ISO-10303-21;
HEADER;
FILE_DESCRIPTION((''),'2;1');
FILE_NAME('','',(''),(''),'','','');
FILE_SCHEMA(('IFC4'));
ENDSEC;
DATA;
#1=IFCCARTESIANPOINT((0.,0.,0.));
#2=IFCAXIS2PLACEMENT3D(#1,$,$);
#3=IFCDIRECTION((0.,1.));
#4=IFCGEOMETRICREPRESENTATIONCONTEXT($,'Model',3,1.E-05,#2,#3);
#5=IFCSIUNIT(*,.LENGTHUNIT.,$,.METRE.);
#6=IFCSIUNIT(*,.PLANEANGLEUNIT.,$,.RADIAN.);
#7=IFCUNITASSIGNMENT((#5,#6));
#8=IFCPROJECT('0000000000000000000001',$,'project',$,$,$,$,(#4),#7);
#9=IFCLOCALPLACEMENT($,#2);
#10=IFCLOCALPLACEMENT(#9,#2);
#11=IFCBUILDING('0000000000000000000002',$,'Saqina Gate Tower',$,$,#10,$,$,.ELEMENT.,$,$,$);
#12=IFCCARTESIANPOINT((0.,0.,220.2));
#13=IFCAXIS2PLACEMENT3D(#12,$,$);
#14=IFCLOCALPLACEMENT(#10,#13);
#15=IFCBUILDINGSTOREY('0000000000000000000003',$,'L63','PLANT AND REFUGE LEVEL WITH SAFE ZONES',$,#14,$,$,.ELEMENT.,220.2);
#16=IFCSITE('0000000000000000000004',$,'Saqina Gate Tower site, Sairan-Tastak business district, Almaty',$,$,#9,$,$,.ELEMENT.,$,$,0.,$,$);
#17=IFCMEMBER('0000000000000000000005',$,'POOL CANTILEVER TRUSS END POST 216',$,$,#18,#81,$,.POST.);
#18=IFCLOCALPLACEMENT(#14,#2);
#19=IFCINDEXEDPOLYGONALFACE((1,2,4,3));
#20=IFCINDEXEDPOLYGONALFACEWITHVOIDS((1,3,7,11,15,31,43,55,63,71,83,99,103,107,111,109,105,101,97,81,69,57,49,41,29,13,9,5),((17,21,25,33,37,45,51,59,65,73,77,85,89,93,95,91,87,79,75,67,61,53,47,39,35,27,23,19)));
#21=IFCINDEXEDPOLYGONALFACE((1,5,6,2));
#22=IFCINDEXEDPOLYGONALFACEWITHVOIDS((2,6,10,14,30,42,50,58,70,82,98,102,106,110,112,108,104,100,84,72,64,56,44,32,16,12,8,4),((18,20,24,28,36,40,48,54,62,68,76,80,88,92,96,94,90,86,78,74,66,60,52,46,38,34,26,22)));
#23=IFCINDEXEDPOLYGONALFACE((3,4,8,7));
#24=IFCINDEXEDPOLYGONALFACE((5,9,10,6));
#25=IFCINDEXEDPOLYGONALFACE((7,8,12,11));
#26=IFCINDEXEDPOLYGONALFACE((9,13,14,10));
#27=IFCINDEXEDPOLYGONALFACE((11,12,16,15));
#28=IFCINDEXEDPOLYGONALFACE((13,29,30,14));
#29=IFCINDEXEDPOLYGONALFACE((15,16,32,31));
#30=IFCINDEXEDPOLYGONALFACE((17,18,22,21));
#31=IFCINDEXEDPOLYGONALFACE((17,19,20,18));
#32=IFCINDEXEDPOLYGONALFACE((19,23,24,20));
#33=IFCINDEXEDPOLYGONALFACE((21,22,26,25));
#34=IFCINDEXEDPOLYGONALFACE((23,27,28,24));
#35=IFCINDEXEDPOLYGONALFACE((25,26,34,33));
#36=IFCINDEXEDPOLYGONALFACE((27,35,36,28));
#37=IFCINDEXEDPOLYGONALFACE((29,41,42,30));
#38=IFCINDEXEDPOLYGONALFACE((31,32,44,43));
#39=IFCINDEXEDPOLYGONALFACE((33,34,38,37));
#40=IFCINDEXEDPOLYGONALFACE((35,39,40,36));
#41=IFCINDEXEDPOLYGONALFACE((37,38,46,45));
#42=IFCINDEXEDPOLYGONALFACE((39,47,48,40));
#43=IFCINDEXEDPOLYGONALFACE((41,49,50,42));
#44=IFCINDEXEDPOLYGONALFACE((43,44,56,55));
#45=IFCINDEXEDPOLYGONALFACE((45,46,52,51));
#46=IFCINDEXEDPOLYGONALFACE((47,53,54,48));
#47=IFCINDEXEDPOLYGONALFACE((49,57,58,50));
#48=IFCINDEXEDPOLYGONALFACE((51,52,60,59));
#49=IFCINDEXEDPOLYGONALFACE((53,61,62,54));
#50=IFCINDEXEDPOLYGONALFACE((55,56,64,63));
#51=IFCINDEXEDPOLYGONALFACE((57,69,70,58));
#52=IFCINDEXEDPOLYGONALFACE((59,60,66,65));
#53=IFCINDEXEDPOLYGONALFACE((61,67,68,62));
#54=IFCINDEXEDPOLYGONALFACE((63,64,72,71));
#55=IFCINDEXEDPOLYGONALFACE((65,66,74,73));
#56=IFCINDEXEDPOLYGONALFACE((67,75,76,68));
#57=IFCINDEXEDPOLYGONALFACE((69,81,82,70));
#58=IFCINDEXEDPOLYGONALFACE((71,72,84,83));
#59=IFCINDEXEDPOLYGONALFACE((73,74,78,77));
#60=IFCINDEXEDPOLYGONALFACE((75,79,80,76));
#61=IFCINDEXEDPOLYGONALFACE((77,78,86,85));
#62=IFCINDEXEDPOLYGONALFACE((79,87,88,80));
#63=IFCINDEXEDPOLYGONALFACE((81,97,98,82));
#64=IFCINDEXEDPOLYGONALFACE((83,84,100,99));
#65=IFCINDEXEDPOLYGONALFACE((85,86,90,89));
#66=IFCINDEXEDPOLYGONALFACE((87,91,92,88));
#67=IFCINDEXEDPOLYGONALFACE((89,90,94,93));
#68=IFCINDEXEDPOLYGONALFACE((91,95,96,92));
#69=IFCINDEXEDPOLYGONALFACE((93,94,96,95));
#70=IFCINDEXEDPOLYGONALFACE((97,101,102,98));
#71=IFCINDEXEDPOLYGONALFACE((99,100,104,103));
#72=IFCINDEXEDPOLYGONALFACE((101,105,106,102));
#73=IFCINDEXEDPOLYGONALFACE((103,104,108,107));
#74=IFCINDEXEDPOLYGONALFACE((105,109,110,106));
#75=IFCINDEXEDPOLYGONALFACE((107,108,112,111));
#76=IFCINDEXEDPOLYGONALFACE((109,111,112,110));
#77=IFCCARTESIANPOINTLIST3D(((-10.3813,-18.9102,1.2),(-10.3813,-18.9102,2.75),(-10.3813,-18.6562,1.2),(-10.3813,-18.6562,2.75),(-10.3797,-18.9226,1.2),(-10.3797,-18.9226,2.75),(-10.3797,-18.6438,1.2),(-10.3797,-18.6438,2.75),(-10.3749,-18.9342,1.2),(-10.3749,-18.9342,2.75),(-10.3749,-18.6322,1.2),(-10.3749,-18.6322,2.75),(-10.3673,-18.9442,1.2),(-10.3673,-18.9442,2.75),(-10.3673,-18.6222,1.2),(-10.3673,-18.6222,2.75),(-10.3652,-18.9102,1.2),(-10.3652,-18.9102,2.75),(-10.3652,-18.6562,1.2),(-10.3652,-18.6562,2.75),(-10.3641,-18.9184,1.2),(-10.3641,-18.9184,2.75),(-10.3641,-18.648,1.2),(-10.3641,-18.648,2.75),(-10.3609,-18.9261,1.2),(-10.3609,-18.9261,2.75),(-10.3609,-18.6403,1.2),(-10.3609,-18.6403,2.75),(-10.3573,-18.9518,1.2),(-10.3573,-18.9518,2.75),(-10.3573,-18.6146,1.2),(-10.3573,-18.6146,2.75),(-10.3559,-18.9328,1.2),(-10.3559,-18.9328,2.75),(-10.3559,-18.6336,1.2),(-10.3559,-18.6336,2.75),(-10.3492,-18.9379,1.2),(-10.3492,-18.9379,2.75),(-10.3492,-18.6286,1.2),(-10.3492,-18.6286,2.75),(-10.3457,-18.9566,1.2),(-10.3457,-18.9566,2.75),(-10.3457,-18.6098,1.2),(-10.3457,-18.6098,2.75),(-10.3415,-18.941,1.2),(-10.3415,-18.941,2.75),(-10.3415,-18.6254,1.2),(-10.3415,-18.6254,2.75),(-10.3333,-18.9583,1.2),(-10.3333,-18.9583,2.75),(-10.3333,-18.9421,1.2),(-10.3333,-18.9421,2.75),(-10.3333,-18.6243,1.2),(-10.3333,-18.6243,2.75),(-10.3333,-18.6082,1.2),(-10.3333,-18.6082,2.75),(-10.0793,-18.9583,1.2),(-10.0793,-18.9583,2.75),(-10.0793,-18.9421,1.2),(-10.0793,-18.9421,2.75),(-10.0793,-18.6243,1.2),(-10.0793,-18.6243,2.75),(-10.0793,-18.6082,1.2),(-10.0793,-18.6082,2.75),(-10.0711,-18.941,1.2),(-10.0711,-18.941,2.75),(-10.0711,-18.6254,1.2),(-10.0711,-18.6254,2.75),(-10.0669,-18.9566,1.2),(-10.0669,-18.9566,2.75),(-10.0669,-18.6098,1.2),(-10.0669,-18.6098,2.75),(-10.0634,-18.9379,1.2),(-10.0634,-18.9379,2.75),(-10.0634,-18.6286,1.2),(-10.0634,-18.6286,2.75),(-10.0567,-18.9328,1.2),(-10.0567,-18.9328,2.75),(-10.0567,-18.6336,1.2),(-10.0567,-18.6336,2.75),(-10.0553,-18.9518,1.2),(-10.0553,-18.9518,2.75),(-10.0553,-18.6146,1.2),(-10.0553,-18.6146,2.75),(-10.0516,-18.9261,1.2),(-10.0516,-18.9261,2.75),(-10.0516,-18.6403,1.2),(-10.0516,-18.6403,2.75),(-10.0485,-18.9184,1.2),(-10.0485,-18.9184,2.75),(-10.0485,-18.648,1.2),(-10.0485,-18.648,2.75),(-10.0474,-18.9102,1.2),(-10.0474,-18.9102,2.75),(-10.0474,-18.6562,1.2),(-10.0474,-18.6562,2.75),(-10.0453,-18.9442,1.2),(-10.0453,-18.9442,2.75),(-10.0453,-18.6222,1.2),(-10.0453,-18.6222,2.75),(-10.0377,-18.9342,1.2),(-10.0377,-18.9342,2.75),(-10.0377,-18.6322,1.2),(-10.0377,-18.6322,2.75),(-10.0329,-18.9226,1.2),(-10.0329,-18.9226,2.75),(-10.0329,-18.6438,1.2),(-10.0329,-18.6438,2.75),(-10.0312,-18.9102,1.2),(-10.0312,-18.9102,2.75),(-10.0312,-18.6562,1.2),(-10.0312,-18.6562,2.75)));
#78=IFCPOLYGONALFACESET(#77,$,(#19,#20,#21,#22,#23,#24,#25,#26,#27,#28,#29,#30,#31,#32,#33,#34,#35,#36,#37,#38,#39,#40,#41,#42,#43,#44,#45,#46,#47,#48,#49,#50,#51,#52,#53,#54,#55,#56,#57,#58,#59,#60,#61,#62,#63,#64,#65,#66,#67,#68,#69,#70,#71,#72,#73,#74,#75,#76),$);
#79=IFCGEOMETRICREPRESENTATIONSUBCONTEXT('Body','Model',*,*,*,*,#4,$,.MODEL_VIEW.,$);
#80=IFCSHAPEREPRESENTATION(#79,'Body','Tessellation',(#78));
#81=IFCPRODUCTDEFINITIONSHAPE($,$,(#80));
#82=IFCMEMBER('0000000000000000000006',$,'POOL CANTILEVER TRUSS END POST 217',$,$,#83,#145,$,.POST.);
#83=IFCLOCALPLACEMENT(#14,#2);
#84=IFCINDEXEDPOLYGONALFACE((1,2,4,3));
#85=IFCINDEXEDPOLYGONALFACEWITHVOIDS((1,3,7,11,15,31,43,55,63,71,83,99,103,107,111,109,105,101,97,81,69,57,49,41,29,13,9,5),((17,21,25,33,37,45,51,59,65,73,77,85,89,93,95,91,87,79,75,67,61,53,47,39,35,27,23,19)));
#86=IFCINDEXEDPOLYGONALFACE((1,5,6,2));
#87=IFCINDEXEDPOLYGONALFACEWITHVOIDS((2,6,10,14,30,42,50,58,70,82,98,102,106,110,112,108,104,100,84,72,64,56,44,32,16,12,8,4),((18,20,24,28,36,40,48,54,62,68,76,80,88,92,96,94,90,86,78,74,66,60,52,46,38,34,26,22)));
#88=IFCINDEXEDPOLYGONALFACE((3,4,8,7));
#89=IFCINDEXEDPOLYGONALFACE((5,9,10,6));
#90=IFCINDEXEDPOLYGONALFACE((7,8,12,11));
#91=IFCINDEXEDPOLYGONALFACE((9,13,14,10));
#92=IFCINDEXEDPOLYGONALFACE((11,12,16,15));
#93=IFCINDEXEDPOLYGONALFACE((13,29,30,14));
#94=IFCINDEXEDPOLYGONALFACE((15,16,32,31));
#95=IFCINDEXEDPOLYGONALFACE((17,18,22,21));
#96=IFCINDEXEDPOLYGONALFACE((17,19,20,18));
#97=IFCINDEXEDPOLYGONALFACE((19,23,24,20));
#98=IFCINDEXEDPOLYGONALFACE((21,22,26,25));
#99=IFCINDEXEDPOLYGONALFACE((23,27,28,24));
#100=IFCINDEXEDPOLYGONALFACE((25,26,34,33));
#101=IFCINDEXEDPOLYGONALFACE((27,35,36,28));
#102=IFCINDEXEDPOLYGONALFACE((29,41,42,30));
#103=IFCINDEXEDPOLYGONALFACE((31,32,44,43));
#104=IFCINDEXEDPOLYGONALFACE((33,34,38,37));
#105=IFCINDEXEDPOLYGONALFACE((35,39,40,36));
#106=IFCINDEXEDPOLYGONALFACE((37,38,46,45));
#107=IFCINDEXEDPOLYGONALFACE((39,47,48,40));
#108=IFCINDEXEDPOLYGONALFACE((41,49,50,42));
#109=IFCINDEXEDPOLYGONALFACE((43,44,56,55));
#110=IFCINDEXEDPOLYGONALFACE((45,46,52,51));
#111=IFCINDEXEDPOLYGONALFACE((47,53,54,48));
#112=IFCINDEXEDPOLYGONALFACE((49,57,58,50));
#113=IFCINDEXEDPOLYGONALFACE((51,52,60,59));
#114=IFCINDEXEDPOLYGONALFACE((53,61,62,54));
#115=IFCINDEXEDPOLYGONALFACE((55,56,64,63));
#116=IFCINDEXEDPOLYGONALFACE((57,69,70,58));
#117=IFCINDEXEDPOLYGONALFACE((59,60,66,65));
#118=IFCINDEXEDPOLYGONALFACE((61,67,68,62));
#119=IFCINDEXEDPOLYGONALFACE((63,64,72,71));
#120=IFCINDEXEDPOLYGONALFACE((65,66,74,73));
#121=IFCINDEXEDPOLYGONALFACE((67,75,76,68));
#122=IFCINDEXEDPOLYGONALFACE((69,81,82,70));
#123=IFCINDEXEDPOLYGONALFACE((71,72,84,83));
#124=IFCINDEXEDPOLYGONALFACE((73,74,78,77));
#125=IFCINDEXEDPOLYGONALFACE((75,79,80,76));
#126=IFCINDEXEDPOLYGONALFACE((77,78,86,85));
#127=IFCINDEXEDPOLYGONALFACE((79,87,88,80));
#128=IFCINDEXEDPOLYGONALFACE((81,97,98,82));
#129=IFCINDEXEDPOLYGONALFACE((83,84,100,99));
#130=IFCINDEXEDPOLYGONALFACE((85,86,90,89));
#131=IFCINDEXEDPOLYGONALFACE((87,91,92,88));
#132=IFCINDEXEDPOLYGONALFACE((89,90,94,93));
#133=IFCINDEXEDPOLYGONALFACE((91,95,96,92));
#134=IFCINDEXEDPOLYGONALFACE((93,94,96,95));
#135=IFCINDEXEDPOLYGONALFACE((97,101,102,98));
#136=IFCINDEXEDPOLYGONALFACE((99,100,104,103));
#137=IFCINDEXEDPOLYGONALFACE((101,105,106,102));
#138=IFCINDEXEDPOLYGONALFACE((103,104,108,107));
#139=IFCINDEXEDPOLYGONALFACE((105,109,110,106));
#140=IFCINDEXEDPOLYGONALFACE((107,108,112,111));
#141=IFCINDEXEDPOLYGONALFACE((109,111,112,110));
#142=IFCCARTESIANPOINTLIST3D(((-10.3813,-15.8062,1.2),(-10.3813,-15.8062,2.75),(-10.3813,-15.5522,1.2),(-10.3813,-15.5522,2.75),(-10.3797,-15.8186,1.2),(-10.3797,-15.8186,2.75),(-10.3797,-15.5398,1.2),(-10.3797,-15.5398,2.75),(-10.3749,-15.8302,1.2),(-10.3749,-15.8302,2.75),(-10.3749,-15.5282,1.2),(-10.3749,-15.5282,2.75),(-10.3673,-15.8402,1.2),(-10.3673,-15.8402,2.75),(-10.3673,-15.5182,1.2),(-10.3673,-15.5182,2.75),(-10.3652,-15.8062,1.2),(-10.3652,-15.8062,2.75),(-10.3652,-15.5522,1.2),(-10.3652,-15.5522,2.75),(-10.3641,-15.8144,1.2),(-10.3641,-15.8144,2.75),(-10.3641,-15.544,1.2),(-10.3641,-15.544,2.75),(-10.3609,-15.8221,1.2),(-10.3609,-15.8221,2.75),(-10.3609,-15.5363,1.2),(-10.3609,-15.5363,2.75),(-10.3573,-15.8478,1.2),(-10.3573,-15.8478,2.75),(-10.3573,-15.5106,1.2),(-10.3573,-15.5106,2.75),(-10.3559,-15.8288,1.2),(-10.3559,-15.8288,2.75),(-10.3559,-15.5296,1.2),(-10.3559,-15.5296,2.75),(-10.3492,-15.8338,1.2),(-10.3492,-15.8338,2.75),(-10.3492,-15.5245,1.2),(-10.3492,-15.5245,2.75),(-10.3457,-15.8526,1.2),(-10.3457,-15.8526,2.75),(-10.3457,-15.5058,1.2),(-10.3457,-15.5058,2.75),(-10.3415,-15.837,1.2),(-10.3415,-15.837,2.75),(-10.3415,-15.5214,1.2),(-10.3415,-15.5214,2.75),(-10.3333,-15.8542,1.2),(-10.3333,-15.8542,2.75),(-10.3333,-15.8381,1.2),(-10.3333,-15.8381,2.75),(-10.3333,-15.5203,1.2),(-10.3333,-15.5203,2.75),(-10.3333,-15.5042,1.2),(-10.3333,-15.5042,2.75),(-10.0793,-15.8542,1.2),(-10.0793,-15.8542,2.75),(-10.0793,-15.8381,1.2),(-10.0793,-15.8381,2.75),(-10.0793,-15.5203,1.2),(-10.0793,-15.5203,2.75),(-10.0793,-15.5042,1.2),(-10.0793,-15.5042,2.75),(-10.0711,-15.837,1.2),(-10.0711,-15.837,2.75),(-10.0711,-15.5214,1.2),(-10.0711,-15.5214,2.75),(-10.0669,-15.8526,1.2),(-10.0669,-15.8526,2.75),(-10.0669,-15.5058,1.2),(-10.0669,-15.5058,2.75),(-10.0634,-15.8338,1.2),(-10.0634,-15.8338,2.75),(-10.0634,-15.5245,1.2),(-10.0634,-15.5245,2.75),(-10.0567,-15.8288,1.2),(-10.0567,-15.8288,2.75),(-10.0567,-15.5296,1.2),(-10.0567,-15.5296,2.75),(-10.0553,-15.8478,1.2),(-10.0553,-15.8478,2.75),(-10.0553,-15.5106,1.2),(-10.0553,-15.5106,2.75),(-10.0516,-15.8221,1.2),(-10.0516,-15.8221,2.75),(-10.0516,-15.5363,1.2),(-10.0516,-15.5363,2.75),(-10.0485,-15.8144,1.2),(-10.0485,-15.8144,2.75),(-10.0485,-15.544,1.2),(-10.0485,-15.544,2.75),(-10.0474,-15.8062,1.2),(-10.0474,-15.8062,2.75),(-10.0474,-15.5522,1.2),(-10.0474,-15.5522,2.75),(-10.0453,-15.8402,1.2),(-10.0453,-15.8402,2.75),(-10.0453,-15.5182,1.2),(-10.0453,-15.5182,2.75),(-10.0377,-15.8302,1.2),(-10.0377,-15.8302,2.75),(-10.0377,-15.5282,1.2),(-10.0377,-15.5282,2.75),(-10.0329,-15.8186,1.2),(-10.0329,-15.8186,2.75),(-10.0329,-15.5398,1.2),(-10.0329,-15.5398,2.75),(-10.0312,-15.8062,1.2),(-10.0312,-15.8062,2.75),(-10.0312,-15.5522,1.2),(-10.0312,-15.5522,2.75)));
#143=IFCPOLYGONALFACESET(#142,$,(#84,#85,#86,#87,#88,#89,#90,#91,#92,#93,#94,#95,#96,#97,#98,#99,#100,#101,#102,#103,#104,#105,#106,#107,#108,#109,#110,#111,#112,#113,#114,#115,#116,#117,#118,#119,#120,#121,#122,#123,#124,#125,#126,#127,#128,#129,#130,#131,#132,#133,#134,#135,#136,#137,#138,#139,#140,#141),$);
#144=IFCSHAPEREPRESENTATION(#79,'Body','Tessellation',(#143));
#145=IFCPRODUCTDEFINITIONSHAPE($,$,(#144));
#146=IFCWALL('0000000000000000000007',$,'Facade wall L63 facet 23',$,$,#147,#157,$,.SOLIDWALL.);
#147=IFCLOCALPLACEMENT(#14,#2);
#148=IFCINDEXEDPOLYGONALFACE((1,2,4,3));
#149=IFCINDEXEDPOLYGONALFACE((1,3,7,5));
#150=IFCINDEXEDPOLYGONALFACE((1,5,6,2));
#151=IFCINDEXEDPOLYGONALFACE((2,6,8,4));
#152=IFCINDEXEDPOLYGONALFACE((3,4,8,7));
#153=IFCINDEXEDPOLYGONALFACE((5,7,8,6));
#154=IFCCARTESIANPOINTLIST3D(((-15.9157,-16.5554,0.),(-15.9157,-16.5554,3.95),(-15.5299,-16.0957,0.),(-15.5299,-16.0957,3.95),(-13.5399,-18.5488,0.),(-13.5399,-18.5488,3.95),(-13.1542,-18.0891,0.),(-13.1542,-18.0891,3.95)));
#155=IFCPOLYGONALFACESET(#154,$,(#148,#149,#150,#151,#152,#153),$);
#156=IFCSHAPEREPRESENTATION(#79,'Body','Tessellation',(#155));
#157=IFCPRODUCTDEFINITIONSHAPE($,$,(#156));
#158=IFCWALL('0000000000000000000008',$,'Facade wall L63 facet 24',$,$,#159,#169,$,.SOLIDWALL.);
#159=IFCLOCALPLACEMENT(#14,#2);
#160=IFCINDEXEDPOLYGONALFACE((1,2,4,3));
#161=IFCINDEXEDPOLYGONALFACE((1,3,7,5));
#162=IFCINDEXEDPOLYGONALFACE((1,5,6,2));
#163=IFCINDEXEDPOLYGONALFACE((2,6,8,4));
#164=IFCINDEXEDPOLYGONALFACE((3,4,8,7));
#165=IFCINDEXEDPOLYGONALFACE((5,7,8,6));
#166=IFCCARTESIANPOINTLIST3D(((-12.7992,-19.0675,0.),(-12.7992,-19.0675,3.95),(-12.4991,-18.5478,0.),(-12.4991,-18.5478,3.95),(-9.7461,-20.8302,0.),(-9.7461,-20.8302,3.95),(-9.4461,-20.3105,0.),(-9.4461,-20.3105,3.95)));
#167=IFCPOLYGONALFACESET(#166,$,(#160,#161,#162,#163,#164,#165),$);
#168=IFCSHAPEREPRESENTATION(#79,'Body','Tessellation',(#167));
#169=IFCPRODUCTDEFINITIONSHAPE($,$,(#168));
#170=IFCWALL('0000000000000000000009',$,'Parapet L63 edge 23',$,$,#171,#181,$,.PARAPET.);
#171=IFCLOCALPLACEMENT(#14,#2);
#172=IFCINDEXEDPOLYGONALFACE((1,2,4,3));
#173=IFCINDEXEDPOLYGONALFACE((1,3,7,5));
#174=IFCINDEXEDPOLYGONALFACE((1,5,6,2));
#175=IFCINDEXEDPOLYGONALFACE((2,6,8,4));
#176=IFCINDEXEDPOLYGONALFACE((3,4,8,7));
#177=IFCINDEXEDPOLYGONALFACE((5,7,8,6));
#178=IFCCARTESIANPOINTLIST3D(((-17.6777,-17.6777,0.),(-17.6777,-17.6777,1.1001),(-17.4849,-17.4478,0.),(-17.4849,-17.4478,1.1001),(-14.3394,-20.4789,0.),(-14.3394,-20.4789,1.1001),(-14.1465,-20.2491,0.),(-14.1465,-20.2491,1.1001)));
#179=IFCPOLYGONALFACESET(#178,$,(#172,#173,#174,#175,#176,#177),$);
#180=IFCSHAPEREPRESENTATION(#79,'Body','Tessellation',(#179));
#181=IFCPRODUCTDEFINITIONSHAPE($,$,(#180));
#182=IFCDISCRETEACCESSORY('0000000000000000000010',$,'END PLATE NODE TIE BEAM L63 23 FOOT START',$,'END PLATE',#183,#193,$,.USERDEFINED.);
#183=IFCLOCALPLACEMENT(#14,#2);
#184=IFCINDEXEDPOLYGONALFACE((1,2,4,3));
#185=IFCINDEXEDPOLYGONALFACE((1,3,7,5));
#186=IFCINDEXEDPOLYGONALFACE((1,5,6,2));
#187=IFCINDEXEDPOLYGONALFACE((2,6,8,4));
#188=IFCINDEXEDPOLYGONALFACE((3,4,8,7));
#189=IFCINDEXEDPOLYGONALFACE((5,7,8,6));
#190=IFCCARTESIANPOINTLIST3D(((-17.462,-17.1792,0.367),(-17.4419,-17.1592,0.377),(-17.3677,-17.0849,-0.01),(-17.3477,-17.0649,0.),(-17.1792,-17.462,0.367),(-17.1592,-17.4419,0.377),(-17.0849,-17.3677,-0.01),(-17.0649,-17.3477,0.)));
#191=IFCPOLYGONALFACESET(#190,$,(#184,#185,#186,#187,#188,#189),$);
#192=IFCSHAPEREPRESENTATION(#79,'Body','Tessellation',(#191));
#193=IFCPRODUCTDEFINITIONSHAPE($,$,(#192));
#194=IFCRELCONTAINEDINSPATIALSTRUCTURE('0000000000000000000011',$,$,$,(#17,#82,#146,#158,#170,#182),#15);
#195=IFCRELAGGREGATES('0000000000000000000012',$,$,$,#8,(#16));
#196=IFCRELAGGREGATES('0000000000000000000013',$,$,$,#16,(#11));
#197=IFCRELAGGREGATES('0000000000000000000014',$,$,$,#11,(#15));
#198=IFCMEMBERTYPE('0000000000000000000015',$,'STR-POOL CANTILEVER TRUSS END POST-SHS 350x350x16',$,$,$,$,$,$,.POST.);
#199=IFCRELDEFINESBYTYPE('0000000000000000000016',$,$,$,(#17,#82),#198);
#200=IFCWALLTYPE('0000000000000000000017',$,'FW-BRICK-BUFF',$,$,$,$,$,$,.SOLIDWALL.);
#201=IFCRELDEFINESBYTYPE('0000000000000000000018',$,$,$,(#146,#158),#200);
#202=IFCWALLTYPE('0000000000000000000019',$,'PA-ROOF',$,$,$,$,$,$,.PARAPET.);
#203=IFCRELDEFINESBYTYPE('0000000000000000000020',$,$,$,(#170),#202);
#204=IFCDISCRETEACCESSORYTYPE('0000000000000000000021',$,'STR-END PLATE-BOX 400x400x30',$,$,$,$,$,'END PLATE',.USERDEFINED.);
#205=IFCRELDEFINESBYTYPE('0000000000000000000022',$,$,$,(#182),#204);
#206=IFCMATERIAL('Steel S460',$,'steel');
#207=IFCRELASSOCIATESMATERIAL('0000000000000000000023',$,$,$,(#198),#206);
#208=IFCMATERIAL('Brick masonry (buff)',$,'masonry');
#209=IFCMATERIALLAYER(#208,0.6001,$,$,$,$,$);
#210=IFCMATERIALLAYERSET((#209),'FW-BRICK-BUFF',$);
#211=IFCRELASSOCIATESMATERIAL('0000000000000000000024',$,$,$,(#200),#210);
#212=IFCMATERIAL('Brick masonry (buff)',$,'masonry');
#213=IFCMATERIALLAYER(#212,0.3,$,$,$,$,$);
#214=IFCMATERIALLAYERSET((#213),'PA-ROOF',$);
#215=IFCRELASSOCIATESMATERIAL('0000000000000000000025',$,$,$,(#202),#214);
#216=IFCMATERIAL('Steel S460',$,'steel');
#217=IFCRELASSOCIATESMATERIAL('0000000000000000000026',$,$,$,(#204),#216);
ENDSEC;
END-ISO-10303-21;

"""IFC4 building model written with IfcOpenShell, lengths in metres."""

from ifc_helpers import new_model, si_unit, direction, frame, frame_2d, origin, origin_2d, place, context, subcontext, project, spatial, rectangle, hollow_rectangle, extrude, material, layer, layer_set, material_profile, profile_set, type_object, element, save


model = new_model("IFC4")

# Units and contexts
model_context = context("Model", 3, precision=1e-05, world=origin(), true_north=direction((0.0, 1.0)))
body_context = subcontext(model_context, "Body", "Model", "MODEL_VIEW")
ifc_project = project(units=[si_unit("LENGTHUNIT", "METRE"), si_unit("PLANEANGLEUNIT", "RADIAN")], contexts=[model_context])

# Site, building, storey
site_placement = place(None, origin())
site = spatial("IfcSite", under=ifc_project, at=site_placement, Name="Saqina Gate Tower site, Sairan-Tastak business district, Almaty", CompositionType="ELEMENT", RefElevation=0.0)
building_placement = place(site_placement, origin())
building = spatial("IfcBuilding", under=site, at=building_placement, Name="Saqina Gate Tower", CompositionType="ELEMENT")
storey_placement = place(building_placement, frame((0.0, 0.0, 220.2)))
storey = spatial("IfcBuildingStorey", under=building, at=storey_placement, Name="L63", Description="PLANT AND REFUGE LEVEL WITH SAFE ZONES", CompositionType="ELEMENT", Elevation=220.2)

# Members
ifc_material_1 = material(Name="Steel S460", Category="steel")
ifc_material_profile_1 = material_profile(ifc_material_1, hollow_rectangle(XDim=0.3501, YDim=0.3501, WallThickness=0.0161, InnerFilletRadius=0.032, OuterFilletRadius=0.0481, at=origin_2d()), Name="SHS 350x350x16")
ifc_profile_set_1 = profile_set([ifc_material_profile_1], Name="Steel S460")
member_type_1 = type_object("IfcMemberType", Name="STR-POOL CANTILEVER TRUSS END POST-SHS 350x350x16", PredefinedType="POST", material=ifc_profile_set_1)
for number, where, z_axis, x_axis, name in (
    (1, (-10.2063, -18.7832, 1.2), (0.0, 0.0, 1.0), (1.0, 0.0, 0.0), "POOL CANTILEVER TRUSS END POST 216"),
    (2, (-10.2063, -15.6792, 1.2), (0.0, 0.0, 1.0), (1.0, 0.0, 0.0), "POOL CANTILEVER TRUSS END POST 217"),
):
    element("IfcMember", number, at=place(storey_placement, frame(where, z_axis=z_axis, x_axis=x_axis)), inside=storey, type_object=member_type_1, Name=name, PredefinedType="POST", context=body_context, shape_type="SweptSolid", body=[
        extrude(hollow_rectangle(XDim=0.3501, YDim=0.3501, WallThickness=0.0161, InnerFilletRadius=0.032, OuterFilletRadius=0.0481, at=origin_2d()), origin(), (0.0, 0.0, 1.0), 1.55),
    ])

# Walls
ifc_material_2 = material(Name="Brick masonry (buff)", Category="masonry")
ifc_layer_1 = layer(ifc_material_2, 0.6001)
ifc_layer_set_1 = layer_set([ifc_layer_1], Name="FW-BRICK-BUFF")
wall_type_1 = type_object("IfcWallType", Name="FW-BRICK-BUFF", PredefinedType="SOLIDWALL", material=ifc_layer_set_1)
wall_1_placement = place(storey_placement, frame((-15.7229, -16.3254, 0.0), z_axis=(0.0, 0.0, 1.0), x_axis=(0.766055, -0.642775, 0.0)))
element("IfcWall", 3, at=wall_1_placement, inside=storey, type_object=wall_type_1, Name="Facade wall L63 facet 23", PredefinedType="SOLIDWALL", context=body_context, shape_type="SweptSolid", body=[
    extrude(rectangle(XDim=3.1013, YDim=0.6001, at=frame_2d((1.5508, 0.0))), origin(), (0.0, 0.0, 1.0), 3.95),
])
wall_2_placement = place(storey_placement, frame((-12.6492, -18.8076, 0.0), z_axis=(0.0, 0.0, 1.0), x_axis=(0.866018, -0.500012, 0.0)))
element("IfcWall", 4, at=wall_2_placement, inside=storey, type_object=wall_type_1, Name="Facade wall L63 facet 24", PredefinedType="SOLIDWALL", context=body_context, shape_type="SweptSolid", body=[
    extrude(rectangle(XDim=3.5254, YDim=0.6001, at=frame_2d((1.7627, 0.0))), origin(), (0.0, 0.0, 1.0), 3.95),
])
ifc_material_3 = material(Name="Brick masonry (buff)", Category="masonry")
ifc_layer_2 = layer(ifc_material_3, 0.3)
ifc_layer_set_2 = layer_set([ifc_layer_2], Name="PA-ROOF")
wall_type_2 = type_object("IfcWallType", Name="PA-ROOF", PredefinedType="PARAPET", material=ifc_layer_set_2)
wall_3_placement = place(storey_placement, frame((-17.5813, -17.5627, 0.0), z_axis=(0.0, 0.0, 1.0), x_axis=(0.76604, -0.642793, 0.0)))
element("IfcWall", 5, at=wall_3_placement, inside=storey, type_object=wall_type_2, Name="Parapet L63 edge 23", PredefinedType="PARAPET", context=body_context, shape_type="SweptSolid", body=[
    extrude(rectangle(XDim=4.3579, YDim=0.3, at=frame_2d((2.179, 0.0))), origin(), (0.0, 0.0, 1.0), 1.1001),
])

# Discrete accessory
ifc_material_4 = material(Name="Steel S460", Category="steel")
ifc_material_profile_2 = material_profile(ifc_material_4, rectangle(XDim=0.3999, YDim=0.3999, at=origin_2d()), Name="STR-END PLATE-BOX 400x400x30")
ifc_profile_set_2 = profile_set([ifc_material_profile_2], Name="Steel S460")
discrete_accessory_type_1 = type_object("IfcDiscreteAccessoryType", Name="STR-END PLATE-BOX 400x400x30", ElementType="END PLATE", PredefinedType="USERDEFINED", material=ifc_profile_set_2)
discrete_accessory_placement = place(storey_placement, frame((-17.2534, -17.2534, 0.1885), z_axis=(-0.666667, -0.666667, -0.333333), x_axis=(-0.707107, 0.707107, 0.0)))
element("IfcDiscreteAccessory", 6, at=discrete_accessory_placement, inside=storey, type_object=discrete_accessory_type_1, Name="END PLATE NODE TIE BEAM L63 23 FOOT START", ObjectType="END PLATE", PredefinedType="USERDEFINED", context=body_context, shape_type="SweptSolid", body=[
    extrude(rectangle(XDim=0.3999, YDim=0.3999, at=origin_2d()), origin(), (0.0, 0.0, 1.0), 0.03),
])

save(model, "model.ifc")
